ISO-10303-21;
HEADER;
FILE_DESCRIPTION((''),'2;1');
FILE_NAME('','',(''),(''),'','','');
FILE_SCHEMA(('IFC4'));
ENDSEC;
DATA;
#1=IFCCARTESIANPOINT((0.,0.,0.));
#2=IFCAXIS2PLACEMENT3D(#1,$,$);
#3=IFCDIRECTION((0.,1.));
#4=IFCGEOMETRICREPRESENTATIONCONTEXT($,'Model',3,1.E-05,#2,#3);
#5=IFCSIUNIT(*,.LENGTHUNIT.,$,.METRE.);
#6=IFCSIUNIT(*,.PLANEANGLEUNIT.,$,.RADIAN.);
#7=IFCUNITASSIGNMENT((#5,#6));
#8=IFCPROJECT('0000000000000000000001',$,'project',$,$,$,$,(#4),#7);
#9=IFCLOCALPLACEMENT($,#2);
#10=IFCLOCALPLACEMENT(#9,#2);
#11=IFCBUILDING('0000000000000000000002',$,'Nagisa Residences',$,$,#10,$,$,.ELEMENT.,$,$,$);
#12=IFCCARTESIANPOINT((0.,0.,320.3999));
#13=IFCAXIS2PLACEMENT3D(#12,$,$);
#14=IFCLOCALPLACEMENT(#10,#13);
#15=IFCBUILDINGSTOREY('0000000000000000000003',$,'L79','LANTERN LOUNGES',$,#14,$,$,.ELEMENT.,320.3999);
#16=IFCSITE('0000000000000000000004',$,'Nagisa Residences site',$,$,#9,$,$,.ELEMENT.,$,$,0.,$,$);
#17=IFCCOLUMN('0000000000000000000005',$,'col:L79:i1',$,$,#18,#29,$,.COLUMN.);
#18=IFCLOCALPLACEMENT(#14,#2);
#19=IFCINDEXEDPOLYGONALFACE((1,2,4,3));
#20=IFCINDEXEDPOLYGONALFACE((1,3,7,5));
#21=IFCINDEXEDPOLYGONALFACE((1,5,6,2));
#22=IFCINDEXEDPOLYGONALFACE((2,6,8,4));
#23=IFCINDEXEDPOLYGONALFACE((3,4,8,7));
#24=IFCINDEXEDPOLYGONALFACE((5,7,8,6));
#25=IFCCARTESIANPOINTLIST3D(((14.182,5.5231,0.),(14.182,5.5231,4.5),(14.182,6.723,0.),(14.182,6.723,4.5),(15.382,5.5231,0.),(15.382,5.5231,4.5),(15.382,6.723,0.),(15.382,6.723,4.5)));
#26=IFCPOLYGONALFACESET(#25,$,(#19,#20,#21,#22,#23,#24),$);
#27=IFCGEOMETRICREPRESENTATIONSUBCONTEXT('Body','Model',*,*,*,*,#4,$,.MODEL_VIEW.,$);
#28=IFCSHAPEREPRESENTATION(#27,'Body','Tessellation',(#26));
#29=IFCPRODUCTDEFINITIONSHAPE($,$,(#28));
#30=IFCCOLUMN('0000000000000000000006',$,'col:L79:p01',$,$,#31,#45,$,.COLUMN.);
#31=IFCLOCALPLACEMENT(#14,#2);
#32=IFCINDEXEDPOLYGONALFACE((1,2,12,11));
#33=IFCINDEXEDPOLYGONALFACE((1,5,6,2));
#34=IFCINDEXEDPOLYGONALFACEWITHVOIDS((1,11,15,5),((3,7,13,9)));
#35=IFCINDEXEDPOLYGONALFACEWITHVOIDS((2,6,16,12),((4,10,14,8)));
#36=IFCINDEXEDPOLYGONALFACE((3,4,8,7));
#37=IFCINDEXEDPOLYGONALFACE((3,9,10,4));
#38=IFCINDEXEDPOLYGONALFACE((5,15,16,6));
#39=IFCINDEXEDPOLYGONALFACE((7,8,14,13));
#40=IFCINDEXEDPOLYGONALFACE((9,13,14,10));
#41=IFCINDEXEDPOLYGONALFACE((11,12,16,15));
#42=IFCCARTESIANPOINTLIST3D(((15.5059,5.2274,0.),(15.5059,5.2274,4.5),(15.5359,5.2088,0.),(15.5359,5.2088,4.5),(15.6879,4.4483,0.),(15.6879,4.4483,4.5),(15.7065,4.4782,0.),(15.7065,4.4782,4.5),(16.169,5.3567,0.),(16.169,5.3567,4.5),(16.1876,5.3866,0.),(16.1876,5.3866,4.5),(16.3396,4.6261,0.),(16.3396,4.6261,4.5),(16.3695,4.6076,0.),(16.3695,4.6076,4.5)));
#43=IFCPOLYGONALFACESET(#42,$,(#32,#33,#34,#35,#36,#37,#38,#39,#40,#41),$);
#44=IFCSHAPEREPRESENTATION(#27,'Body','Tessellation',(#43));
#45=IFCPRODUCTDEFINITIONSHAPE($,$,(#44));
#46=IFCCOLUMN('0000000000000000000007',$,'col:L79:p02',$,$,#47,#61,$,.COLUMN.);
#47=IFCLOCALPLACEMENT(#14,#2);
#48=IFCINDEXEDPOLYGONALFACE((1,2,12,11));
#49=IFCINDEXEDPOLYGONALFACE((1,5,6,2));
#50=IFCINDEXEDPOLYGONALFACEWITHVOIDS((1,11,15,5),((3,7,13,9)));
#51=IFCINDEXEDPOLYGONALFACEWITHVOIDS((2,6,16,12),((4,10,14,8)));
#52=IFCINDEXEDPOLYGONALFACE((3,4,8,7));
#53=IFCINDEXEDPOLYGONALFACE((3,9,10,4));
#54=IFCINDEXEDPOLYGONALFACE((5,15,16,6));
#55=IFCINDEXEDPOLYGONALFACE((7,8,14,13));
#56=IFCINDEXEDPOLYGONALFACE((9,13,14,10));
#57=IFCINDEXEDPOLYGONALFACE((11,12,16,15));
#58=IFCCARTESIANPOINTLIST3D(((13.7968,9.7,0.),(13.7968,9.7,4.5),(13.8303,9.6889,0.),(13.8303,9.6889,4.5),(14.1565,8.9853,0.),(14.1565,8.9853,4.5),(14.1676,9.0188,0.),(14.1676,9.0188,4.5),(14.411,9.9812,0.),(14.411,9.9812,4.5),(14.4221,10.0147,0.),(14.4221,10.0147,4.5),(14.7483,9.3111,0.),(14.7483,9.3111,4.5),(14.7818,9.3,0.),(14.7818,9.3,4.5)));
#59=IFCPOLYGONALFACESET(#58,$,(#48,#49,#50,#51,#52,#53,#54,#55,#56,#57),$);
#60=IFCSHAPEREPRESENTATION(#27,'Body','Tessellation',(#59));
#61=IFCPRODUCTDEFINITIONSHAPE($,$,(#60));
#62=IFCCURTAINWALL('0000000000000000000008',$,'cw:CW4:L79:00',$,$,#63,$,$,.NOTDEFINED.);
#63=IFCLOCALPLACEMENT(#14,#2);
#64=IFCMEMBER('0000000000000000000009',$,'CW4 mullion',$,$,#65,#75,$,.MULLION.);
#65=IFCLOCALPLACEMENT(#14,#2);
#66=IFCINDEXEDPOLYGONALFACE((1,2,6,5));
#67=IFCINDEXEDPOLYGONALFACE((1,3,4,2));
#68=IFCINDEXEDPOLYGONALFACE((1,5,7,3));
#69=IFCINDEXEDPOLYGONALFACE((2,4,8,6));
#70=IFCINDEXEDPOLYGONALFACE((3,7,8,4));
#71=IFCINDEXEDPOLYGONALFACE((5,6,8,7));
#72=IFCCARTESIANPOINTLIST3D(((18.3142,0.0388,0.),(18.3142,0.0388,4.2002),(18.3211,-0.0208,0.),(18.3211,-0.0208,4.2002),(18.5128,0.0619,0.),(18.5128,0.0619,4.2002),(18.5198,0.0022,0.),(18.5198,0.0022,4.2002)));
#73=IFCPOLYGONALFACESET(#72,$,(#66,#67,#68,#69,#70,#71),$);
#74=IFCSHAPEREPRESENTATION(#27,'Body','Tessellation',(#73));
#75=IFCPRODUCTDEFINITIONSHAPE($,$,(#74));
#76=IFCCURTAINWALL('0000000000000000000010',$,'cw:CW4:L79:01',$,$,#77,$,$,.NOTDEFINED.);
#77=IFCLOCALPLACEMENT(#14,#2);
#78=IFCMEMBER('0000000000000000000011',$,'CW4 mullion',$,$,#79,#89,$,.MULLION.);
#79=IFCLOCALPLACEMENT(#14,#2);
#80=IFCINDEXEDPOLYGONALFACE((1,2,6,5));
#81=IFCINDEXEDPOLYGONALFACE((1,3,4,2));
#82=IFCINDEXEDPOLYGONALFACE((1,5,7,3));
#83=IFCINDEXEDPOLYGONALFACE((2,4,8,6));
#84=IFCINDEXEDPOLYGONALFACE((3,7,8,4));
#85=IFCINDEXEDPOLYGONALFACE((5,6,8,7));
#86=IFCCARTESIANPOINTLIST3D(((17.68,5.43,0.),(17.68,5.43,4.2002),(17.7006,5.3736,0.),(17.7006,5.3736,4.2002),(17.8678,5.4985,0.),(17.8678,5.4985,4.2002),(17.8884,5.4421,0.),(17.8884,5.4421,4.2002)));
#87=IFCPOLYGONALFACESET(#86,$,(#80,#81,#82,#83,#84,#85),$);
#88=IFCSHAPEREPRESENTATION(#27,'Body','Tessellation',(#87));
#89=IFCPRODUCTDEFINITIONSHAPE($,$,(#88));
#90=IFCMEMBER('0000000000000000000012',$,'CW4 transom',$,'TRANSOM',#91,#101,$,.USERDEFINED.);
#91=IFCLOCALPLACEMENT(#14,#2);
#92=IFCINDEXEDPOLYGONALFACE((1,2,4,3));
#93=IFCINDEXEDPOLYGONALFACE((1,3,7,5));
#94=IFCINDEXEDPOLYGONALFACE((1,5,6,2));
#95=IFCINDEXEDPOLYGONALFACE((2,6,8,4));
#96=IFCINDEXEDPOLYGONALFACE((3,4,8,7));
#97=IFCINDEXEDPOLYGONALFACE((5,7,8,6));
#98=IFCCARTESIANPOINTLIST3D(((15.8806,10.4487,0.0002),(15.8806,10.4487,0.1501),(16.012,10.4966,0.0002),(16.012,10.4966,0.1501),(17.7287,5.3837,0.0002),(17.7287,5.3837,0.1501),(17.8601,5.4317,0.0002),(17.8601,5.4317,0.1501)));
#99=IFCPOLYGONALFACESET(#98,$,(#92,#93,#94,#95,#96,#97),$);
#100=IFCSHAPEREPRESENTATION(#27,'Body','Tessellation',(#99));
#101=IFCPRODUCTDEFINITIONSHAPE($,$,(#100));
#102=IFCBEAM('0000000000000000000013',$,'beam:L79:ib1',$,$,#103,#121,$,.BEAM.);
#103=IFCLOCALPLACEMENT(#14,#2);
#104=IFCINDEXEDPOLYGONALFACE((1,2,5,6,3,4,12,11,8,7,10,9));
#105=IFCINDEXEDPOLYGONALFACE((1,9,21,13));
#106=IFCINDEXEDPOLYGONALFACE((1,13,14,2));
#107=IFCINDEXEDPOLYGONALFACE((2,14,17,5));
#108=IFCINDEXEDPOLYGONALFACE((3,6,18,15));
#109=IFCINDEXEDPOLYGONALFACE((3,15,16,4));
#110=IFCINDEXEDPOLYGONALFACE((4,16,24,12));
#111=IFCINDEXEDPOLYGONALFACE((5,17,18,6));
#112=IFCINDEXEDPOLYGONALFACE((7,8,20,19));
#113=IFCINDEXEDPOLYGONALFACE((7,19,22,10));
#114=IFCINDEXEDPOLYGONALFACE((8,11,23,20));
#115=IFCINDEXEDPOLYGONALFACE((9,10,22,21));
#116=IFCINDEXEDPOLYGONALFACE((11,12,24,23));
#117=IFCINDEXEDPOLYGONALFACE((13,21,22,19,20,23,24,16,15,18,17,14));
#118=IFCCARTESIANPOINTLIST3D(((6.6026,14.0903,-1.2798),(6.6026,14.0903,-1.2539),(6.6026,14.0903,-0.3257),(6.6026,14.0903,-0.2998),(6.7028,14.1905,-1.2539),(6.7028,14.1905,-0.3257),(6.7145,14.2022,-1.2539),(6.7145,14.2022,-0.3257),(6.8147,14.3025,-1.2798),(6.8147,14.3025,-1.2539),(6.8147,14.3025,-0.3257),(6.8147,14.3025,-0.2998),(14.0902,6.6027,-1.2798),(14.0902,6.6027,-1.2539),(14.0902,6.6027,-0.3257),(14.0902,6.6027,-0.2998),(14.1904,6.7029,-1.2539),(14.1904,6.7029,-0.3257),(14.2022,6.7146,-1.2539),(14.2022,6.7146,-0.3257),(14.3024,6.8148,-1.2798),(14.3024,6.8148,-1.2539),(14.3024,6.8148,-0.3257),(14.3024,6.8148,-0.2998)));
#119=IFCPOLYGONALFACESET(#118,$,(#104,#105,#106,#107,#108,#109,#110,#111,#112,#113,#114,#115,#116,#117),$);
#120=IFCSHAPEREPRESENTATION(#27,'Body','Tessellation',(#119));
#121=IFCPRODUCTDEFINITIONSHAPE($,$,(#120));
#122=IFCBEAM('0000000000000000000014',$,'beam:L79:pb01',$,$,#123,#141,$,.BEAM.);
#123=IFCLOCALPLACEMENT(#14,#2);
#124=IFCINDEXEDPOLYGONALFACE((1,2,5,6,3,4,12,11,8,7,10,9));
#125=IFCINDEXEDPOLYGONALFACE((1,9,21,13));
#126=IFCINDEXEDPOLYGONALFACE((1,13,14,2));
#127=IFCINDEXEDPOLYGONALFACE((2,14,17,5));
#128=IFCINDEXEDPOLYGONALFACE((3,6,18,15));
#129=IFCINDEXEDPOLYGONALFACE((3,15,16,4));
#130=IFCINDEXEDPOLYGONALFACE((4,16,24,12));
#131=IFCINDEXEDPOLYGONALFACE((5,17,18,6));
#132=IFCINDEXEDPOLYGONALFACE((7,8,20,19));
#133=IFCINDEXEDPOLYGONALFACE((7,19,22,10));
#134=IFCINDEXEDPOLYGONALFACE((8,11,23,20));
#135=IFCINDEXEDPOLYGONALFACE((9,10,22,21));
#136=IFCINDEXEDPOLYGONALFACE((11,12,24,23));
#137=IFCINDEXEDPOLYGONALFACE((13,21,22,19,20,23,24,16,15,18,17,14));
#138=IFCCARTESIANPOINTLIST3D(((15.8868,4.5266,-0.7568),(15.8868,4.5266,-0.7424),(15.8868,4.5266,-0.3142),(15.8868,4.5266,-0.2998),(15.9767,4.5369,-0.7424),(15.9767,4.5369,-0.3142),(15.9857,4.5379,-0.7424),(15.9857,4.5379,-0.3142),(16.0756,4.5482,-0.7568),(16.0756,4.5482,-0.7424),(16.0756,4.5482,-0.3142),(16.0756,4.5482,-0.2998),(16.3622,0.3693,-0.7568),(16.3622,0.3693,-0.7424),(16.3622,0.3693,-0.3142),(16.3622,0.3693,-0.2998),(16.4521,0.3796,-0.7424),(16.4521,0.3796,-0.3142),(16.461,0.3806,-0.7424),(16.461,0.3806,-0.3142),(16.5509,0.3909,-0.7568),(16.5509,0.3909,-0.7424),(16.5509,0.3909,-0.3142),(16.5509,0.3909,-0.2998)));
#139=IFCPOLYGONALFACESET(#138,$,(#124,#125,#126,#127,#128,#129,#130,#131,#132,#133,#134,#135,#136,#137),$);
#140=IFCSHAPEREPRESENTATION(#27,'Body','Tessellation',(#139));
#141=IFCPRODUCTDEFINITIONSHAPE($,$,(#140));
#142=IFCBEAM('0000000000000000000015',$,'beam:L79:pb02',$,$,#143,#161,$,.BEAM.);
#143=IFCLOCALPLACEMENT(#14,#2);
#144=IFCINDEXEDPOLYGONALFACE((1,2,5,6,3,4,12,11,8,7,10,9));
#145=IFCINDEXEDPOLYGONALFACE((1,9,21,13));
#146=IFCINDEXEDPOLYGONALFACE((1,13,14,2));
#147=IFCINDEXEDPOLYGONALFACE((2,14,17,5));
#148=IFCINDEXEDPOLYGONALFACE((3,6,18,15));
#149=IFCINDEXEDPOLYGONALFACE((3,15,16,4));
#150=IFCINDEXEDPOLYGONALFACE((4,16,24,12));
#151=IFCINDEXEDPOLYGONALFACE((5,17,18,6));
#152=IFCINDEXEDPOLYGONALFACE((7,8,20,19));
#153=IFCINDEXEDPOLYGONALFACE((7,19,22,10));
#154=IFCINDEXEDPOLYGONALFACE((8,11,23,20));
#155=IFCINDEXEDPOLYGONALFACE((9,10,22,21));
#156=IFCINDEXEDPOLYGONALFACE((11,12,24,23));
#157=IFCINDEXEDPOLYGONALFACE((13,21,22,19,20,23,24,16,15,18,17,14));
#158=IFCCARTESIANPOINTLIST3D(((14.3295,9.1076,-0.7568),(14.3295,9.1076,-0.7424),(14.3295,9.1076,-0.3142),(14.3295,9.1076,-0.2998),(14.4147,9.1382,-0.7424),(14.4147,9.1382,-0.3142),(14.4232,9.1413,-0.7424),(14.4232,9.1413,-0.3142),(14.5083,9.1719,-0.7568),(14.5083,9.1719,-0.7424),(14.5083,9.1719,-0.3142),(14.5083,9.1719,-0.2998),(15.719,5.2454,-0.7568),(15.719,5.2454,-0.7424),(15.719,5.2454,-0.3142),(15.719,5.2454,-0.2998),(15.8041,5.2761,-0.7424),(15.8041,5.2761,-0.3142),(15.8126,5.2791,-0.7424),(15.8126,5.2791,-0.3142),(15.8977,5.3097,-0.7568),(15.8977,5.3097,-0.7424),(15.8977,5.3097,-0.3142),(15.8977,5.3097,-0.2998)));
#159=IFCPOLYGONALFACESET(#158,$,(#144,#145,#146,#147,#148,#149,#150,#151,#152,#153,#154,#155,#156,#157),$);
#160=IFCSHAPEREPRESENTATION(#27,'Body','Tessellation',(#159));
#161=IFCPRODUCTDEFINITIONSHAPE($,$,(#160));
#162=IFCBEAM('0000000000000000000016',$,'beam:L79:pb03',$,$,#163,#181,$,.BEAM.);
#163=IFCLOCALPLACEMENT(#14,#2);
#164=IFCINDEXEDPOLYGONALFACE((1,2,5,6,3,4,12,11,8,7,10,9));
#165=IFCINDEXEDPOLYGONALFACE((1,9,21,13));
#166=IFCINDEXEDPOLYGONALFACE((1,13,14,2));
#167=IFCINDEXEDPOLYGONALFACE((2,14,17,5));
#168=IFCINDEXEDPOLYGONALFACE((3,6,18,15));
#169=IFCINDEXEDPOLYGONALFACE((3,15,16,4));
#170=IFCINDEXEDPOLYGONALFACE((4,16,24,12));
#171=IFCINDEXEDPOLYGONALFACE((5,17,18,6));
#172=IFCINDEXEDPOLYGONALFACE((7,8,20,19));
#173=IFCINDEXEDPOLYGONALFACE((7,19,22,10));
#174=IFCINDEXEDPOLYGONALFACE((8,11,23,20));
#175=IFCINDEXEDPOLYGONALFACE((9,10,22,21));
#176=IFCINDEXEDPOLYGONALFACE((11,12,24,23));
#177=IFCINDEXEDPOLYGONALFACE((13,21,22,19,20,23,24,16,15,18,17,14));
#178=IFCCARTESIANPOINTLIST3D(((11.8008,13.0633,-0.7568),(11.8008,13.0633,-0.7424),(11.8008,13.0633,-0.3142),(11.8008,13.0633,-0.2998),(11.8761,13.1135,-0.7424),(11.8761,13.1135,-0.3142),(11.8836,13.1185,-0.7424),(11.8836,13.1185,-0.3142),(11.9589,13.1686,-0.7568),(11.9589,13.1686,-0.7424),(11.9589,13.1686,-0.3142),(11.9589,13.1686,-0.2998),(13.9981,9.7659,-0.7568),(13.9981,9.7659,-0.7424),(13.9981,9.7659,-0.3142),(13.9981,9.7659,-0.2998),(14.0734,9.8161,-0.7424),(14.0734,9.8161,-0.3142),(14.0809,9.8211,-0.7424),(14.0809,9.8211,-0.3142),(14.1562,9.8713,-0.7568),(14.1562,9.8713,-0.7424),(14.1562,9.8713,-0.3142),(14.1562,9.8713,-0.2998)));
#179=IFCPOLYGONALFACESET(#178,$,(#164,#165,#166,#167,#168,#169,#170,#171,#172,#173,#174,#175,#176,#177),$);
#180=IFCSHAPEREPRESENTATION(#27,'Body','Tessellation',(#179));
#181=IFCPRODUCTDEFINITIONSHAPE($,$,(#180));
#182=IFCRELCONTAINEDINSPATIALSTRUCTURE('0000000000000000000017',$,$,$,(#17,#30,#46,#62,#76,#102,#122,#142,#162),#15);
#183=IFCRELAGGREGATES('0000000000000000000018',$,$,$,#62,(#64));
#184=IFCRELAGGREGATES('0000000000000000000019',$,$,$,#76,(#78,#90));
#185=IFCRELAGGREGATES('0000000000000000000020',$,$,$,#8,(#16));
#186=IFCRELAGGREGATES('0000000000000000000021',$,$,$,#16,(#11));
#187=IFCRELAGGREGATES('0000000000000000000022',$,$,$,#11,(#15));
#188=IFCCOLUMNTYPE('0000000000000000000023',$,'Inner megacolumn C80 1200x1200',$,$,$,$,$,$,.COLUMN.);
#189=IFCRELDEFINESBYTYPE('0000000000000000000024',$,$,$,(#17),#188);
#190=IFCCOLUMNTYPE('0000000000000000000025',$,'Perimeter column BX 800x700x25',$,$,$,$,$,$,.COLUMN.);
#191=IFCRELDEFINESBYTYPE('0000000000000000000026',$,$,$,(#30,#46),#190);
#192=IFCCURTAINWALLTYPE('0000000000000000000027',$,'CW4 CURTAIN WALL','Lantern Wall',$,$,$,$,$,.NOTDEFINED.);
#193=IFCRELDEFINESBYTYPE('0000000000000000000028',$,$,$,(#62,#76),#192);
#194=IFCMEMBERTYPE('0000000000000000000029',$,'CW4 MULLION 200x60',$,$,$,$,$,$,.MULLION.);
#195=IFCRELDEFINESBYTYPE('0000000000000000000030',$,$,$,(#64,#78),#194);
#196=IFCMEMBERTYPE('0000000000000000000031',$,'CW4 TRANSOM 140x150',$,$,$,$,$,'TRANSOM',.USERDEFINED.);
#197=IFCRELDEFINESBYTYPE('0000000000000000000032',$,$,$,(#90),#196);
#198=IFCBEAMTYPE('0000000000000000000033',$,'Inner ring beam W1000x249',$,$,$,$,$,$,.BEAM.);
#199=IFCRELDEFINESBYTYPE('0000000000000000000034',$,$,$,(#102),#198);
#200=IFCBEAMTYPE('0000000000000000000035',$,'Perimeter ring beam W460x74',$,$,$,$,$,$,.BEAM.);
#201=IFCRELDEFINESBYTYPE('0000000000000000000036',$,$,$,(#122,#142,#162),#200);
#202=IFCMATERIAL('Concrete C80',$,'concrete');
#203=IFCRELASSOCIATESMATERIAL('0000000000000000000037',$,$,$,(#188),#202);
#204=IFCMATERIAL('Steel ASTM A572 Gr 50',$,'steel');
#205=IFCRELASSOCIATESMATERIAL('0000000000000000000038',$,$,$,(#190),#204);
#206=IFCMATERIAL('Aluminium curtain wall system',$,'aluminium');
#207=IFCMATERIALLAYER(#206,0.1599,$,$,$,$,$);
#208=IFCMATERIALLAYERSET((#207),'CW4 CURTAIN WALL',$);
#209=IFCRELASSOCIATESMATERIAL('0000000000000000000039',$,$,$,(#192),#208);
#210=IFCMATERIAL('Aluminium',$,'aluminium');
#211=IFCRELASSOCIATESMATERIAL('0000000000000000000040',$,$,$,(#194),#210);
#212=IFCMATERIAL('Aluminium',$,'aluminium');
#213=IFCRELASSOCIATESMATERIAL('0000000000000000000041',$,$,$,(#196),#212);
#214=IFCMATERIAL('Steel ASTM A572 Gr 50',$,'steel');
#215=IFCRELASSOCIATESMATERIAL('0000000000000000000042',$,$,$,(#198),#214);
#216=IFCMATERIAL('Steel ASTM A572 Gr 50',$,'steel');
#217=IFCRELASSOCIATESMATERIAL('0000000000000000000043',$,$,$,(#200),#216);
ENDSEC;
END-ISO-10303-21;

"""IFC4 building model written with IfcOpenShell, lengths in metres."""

from ifc_helpers import new_model, si_unit, direction, frame, origin, origin_2d, place, context, subcontext, project, spatial, rectangle, hollow_rectangle, i_section, extrude, material, layer, layer_set, material_profile, profile_set, type_object, element, aggregate, save


model = new_model("IFC4")

# Units and contexts
model_context = context("Model", 3, precision=1e-05, world=origin(), true_north=direction((0.0, 1.0)))
body_context = subcontext(model_context, "Body", "Model", "MODEL_VIEW")
ifc_project = project(units=[si_unit("LENGTHUNIT", "METRE"), si_unit("PLANEANGLEUNIT", "RADIAN")], contexts=[model_context])

# Site, building, storey
site_placement = place(None, origin())
site = spatial("IfcSite", under=ifc_project, at=site_placement, Name="Nagisa Residences site", CompositionType="ELEMENT", RefElevation=0.0)
building_placement = place(site_placement, origin())
building = spatial("IfcBuilding", under=site, at=building_placement, Name="Nagisa Residences", CompositionType="ELEMENT")
storey_placement = place(building_placement, frame((0.0, 0.0, 320.3999)))
storey = spatial("IfcBuildingStorey", under=building, at=storey_placement, Name="L79", Description="LANTERN LOUNGES", CompositionType="ELEMENT", Elevation=320.3999)

# Columns
ifc_material_1 = material(Name="Concrete C80", Category="concrete")
ifc_material_profile_1 = material_profile(ifc_material_1, rectangle(XDim=1.2, YDim=1.2, at=origin_2d()), Name="C80 1200x1200")
ifc_profile_set_1 = profile_set([ifc_material_profile_1], Name="Concrete C80")
column_type_1 = type_object("IfcColumnType", Name="Inner megacolumn C80 1200x1200", PredefinedType="COLUMN", material=ifc_profile_set_1)
column_placement = place(storey_placement, frame((14.782, 6.123, 0.0), z_axis=(0.0, 0.0, 1.0), x_axis=(1.0, 0.0, 0.0)))
element("IfcColumn", 1, at=column_placement, inside=storey, type_object=column_type_1, Name="col:L79:i1", PredefinedType="COLUMN", context=body_context, shape_type="SweptSolid", body=[
    extrude(rectangle(XDim=1.2, YDim=1.2, at=origin_2d()), origin(), (0.0, 0.0, 1.0), 4.5),
])
ifc_material_2 = material(Name="Steel ASTM A572 Gr 50", Category="steel")
ifc_material_profile_2 = material_profile(ifc_material_2, hollow_rectangle(XDim=0.8, YDim=0.7, WallThickness=0.0249, at=origin_2d()), Name="BX 800x700x25")
ifc_profile_set_2 = profile_set([ifc_material_profile_2], Name="Steel ASTM A572 Gr 50")
column_type_2 = type_object("IfcColumnType", Name="Perimeter column BX 800x700x25", PredefinedType="COLUMN", material=ifc_profile_set_2)
for number, where, z_axis, x_axis, name in (
    (2, (15.9377, 4.9175, 0.0), (0.0, 0.0, 1.0), (-0.227473, 0.973784, 0.0), "col:L79:p01"),
    (3, (14.2893, 9.5, 0.0), (0.0, 0.0, 1.0), (-0.449592, 0.893234, 0.0), "col:L79:p02"),
):
    element("IfcColumn", number, at=place(storey_placement, frame(where, z_axis=z_axis, x_axis=x_axis)), inside=storey, type_object=column_type_2, Name=name, PredefinedType="COLUMN", context=body_context, shape_type="SweptSolid", body=[
        extrude(hollow_rectangle(XDim=0.8, YDim=0.7, WallThickness=0.0249, at=origin_2d()), origin(), (0.0, 0.0, 1.0), 4.5),
    ])

# Curtain wall, member
ifc_material_3 = material(Name="Aluminium curtain wall system", Category="aluminium")
ifc_layer_1 = layer(ifc_material_3, 0.1599)
ifc_layer_set_1 = layer_set([ifc_layer_1], Name="CW4 CURTAIN WALL")
curtain_wall_type = type_object("IfcCurtainWallType", Name="CW4 CURTAIN WALL", Description="Lantern Wall", PredefinedType="NOTDEFINED", material=ifc_layer_set_1)
curtain_wall_1_placement = place(storey_placement, origin())
curtain_wall_1 = element("IfcCurtainWall", 4, at=curtain_wall_1_placement, inside=storey, type_object=curtain_wall_type, Name="cw:CW4:L79:00", PredefinedType="NOTDEFINED")
ifc_material_4 = material(Name="Aluminium", Category="aluminium")
ifc_material_profile_3 = material_profile(ifc_material_4, rectangle(XDim=0.2, YDim=0.0601, at=origin_2d()), Name="CW4 MULLION 200x60")
ifc_profile_set_3 = profile_set([ifc_material_profile_3], Name="Aluminium")
member_type_1 = type_object("IfcMemberType", Name="CW4 MULLION 200x60", PredefinedType="MULLION", material=ifc_profile_set_3)
member_1_placement = place(storey_placement, frame((18.417, 0.0205, 0.0), z_axis=(0.0, 0.0, 1.0), x_axis=(-0.993341, -0.115207, 0.0)))
member_1 = element("IfcMember", 5, at=member_1_placement, type_object=member_type_1, Name="CW4 mullion", PredefinedType="MULLION", context=body_context, shape_type="SweptSolid", body=[
    extrude(rectangle(XDim=0.2, YDim=0.0601, at=origin_2d()), origin(), (0.0, 0.0, 1.0), 4.2002),
])

# Curtain wall, members
curtain_wall_2_placement = place(storey_placement, origin())
curtain_wall_2 = element("IfcCurtainWall", 6, at=curtain_wall_2_placement, inside=storey, type_object=curtain_wall_type, Name="cw:CW4:L79:01", PredefinedType="NOTDEFINED")
member_2_placement = place(storey_placement, frame((17.7842, 5.436, 0.0), z_axis=(0.0, 0.0, 1.0), x_axis=(-0.939411, -0.342793, 0.0)))
member_2 = element("IfcMember", 7, at=member_2_placement, type_object=member_type_1, Name="CW4 mullion", PredefinedType="MULLION", context=body_context, shape_type="SweptSolid", body=[
    extrude(rectangle(XDim=0.2, YDim=0.0601, at=origin_2d()), origin(), (0.0, 0.0, 1.0), 4.2002),
])
ifc_material_5 = material(Name="Aluminium", Category="aluminium")
ifc_material_profile_4 = material_profile(ifc_material_5, rectangle(XDim=0.1399, YDim=0.1499, at=origin_2d()), Name="CW4 TRANSOM 140x150")
ifc_profile_set_4 = profile_set([ifc_material_profile_4], Name="Aluminium")
member_type_2 = type_object("IfcMemberType", Name="CW4 TRANSOM 140x150", ElementType="TRANSOM", PredefinedType="USERDEFINED", material=ifc_profile_set_4)
member_3_placement = place(storey_placement, frame((17.7944, 5.4077, 0.0752), z_axis=(-0.342783, 0.939415, 0.0), x_axis=(-0.939415, -0.342783, 0.0)))
member_3 = element("IfcMember", 8, at=member_3_placement, type_object=member_type_2, Name="CW4 transom", ObjectType="TRANSOM", PredefinedType="USERDEFINED", context=body_context, shape_type="SweptSolid", body=[
    extrude(rectangle(XDim=0.1399, YDim=0.1499, at=origin_2d()), origin(), (0.0, 0.0, 1.0), 5.3916),
])

# Beams
ifc_material_6 = material(Name="Steel ASTM A572 Gr 50", Category="steel")
ifc_material_profile_5 = material_profile(ifc_material_6, i_section(OverallWidth=0.3, OverallDepth=0.98, WebThickness=0.0166, FlangeThickness=0.0259, at=origin_2d()), Name="W1000x249")
ifc_profile_set_5 = profile_set([ifc_material_profile_5], Name="Steel ASTM A572 Gr 50")
beam_type_1 = type_object("IfcBeamType", Name="Inner ring beam W1000x249", PredefinedType="BEAM", material=ifc_profile_set_5)
beam_1_placement = place(storey_placement, frame((14.1963, 6.7087, -0.7898), z_axis=(-0.707107, 0.707107, 0.0), x_axis=(-0.707107, -0.707107, 0.0)))
element("IfcBeam", 9, at=beam_1_placement, inside=storey, type_object=beam_type_1, Name="beam:L79:ib1", PredefinedType="BEAM", context=body_context, shape_type="SweptSolid", body=[
    extrude(i_section(OverallWidth=0.3, OverallDepth=0.98, WebThickness=0.0166, FlangeThickness=0.0259, at=origin_2d()), origin(), (0.0, 0.0, 1.0), 10.5891),
])
ifc_material_7 = material(Name="Steel ASTM A572 Gr 50", Category="steel")
ifc_material_profile_6 = material_profile(ifc_material_7, i_section(OverallWidth=0.1899, OverallDepth=0.457, WebThickness=0.009, FlangeThickness=0.0144, at=origin_2d()), Name="W460x74")
ifc_profile_set_6 = profile_set([ifc_material_profile_6], Name="Steel ASTM A572 Gr 50")
beam_type_2 = type_object("IfcBeamType", Name="Perimeter ring beam W460x74", PredefinedType="BEAM", material=ifc_profile_set_6)
beam_2_placement = place(storey_placement, frame((16.4565, 0.3801, -0.5283), z_axis=(-0.113601, 0.993526, 0.0), x_axis=(-0.993526, -0.113601, 0.0)))
element("IfcBeam", 10, at=beam_2_placement, inside=storey, type_object=beam_type_2, Name="beam:L79:pb01", PredefinedType="BEAM", context=body_context, shape_type="SweptSolid", body=[
    extrude(i_section(OverallWidth=0.1899, OverallDepth=0.457, WebThickness=0.009, FlangeThickness=0.0144, at=origin_2d()), origin(), (0.0, 0.0, 1.0), 4.1843),
])
beam_3_placement = place(storey_placement, frame((15.8083, 5.2776, -0.5283), z_axis=(-0.338517, 0.94096, 0.0), x_axis=(-0.94096, -0.338517, 0.0)))
element("IfcBeam", 11, at=beam_3_placement, inside=storey, type_object=beam_type_2, Name="beam:L79:pb02", PredefinedType="BEAM", context=body_context, shape_type="SweptSolid", body=[
    extrude(i_section(OverallWidth=0.1899, OverallDepth=0.457, WebThickness=0.009, FlangeThickness=0.0144, at=origin_2d()), origin(), (0.0, 0.0, 1.0), 4.1045),
])
beam_4_placement = place(storey_placement, frame((14.0771, 9.8186, -0.5283), z_axis=(-0.55453, 0.832164, 0.0), x_axis=(-0.832164, -0.55453, 0.0)))
element("IfcBeam", 12, at=beam_4_placement, inside=storey, type_object=beam_type_2, Name="beam:L79:pb03", PredefinedType="BEAM", context=body_context, shape_type="SweptSolid", body=[
    extrude(i_section(OverallWidth=0.1899, OverallDepth=0.457, WebThickness=0.009, FlangeThickness=0.0144, at=origin_2d()), origin(), (0.0, 0.0, 1.0), 3.9624),
])

aggregate(curtain_wall_1, [member_1])
aggregate(curtain_wall_2, [member_2, member_3])

save(model, "model.ifc")
